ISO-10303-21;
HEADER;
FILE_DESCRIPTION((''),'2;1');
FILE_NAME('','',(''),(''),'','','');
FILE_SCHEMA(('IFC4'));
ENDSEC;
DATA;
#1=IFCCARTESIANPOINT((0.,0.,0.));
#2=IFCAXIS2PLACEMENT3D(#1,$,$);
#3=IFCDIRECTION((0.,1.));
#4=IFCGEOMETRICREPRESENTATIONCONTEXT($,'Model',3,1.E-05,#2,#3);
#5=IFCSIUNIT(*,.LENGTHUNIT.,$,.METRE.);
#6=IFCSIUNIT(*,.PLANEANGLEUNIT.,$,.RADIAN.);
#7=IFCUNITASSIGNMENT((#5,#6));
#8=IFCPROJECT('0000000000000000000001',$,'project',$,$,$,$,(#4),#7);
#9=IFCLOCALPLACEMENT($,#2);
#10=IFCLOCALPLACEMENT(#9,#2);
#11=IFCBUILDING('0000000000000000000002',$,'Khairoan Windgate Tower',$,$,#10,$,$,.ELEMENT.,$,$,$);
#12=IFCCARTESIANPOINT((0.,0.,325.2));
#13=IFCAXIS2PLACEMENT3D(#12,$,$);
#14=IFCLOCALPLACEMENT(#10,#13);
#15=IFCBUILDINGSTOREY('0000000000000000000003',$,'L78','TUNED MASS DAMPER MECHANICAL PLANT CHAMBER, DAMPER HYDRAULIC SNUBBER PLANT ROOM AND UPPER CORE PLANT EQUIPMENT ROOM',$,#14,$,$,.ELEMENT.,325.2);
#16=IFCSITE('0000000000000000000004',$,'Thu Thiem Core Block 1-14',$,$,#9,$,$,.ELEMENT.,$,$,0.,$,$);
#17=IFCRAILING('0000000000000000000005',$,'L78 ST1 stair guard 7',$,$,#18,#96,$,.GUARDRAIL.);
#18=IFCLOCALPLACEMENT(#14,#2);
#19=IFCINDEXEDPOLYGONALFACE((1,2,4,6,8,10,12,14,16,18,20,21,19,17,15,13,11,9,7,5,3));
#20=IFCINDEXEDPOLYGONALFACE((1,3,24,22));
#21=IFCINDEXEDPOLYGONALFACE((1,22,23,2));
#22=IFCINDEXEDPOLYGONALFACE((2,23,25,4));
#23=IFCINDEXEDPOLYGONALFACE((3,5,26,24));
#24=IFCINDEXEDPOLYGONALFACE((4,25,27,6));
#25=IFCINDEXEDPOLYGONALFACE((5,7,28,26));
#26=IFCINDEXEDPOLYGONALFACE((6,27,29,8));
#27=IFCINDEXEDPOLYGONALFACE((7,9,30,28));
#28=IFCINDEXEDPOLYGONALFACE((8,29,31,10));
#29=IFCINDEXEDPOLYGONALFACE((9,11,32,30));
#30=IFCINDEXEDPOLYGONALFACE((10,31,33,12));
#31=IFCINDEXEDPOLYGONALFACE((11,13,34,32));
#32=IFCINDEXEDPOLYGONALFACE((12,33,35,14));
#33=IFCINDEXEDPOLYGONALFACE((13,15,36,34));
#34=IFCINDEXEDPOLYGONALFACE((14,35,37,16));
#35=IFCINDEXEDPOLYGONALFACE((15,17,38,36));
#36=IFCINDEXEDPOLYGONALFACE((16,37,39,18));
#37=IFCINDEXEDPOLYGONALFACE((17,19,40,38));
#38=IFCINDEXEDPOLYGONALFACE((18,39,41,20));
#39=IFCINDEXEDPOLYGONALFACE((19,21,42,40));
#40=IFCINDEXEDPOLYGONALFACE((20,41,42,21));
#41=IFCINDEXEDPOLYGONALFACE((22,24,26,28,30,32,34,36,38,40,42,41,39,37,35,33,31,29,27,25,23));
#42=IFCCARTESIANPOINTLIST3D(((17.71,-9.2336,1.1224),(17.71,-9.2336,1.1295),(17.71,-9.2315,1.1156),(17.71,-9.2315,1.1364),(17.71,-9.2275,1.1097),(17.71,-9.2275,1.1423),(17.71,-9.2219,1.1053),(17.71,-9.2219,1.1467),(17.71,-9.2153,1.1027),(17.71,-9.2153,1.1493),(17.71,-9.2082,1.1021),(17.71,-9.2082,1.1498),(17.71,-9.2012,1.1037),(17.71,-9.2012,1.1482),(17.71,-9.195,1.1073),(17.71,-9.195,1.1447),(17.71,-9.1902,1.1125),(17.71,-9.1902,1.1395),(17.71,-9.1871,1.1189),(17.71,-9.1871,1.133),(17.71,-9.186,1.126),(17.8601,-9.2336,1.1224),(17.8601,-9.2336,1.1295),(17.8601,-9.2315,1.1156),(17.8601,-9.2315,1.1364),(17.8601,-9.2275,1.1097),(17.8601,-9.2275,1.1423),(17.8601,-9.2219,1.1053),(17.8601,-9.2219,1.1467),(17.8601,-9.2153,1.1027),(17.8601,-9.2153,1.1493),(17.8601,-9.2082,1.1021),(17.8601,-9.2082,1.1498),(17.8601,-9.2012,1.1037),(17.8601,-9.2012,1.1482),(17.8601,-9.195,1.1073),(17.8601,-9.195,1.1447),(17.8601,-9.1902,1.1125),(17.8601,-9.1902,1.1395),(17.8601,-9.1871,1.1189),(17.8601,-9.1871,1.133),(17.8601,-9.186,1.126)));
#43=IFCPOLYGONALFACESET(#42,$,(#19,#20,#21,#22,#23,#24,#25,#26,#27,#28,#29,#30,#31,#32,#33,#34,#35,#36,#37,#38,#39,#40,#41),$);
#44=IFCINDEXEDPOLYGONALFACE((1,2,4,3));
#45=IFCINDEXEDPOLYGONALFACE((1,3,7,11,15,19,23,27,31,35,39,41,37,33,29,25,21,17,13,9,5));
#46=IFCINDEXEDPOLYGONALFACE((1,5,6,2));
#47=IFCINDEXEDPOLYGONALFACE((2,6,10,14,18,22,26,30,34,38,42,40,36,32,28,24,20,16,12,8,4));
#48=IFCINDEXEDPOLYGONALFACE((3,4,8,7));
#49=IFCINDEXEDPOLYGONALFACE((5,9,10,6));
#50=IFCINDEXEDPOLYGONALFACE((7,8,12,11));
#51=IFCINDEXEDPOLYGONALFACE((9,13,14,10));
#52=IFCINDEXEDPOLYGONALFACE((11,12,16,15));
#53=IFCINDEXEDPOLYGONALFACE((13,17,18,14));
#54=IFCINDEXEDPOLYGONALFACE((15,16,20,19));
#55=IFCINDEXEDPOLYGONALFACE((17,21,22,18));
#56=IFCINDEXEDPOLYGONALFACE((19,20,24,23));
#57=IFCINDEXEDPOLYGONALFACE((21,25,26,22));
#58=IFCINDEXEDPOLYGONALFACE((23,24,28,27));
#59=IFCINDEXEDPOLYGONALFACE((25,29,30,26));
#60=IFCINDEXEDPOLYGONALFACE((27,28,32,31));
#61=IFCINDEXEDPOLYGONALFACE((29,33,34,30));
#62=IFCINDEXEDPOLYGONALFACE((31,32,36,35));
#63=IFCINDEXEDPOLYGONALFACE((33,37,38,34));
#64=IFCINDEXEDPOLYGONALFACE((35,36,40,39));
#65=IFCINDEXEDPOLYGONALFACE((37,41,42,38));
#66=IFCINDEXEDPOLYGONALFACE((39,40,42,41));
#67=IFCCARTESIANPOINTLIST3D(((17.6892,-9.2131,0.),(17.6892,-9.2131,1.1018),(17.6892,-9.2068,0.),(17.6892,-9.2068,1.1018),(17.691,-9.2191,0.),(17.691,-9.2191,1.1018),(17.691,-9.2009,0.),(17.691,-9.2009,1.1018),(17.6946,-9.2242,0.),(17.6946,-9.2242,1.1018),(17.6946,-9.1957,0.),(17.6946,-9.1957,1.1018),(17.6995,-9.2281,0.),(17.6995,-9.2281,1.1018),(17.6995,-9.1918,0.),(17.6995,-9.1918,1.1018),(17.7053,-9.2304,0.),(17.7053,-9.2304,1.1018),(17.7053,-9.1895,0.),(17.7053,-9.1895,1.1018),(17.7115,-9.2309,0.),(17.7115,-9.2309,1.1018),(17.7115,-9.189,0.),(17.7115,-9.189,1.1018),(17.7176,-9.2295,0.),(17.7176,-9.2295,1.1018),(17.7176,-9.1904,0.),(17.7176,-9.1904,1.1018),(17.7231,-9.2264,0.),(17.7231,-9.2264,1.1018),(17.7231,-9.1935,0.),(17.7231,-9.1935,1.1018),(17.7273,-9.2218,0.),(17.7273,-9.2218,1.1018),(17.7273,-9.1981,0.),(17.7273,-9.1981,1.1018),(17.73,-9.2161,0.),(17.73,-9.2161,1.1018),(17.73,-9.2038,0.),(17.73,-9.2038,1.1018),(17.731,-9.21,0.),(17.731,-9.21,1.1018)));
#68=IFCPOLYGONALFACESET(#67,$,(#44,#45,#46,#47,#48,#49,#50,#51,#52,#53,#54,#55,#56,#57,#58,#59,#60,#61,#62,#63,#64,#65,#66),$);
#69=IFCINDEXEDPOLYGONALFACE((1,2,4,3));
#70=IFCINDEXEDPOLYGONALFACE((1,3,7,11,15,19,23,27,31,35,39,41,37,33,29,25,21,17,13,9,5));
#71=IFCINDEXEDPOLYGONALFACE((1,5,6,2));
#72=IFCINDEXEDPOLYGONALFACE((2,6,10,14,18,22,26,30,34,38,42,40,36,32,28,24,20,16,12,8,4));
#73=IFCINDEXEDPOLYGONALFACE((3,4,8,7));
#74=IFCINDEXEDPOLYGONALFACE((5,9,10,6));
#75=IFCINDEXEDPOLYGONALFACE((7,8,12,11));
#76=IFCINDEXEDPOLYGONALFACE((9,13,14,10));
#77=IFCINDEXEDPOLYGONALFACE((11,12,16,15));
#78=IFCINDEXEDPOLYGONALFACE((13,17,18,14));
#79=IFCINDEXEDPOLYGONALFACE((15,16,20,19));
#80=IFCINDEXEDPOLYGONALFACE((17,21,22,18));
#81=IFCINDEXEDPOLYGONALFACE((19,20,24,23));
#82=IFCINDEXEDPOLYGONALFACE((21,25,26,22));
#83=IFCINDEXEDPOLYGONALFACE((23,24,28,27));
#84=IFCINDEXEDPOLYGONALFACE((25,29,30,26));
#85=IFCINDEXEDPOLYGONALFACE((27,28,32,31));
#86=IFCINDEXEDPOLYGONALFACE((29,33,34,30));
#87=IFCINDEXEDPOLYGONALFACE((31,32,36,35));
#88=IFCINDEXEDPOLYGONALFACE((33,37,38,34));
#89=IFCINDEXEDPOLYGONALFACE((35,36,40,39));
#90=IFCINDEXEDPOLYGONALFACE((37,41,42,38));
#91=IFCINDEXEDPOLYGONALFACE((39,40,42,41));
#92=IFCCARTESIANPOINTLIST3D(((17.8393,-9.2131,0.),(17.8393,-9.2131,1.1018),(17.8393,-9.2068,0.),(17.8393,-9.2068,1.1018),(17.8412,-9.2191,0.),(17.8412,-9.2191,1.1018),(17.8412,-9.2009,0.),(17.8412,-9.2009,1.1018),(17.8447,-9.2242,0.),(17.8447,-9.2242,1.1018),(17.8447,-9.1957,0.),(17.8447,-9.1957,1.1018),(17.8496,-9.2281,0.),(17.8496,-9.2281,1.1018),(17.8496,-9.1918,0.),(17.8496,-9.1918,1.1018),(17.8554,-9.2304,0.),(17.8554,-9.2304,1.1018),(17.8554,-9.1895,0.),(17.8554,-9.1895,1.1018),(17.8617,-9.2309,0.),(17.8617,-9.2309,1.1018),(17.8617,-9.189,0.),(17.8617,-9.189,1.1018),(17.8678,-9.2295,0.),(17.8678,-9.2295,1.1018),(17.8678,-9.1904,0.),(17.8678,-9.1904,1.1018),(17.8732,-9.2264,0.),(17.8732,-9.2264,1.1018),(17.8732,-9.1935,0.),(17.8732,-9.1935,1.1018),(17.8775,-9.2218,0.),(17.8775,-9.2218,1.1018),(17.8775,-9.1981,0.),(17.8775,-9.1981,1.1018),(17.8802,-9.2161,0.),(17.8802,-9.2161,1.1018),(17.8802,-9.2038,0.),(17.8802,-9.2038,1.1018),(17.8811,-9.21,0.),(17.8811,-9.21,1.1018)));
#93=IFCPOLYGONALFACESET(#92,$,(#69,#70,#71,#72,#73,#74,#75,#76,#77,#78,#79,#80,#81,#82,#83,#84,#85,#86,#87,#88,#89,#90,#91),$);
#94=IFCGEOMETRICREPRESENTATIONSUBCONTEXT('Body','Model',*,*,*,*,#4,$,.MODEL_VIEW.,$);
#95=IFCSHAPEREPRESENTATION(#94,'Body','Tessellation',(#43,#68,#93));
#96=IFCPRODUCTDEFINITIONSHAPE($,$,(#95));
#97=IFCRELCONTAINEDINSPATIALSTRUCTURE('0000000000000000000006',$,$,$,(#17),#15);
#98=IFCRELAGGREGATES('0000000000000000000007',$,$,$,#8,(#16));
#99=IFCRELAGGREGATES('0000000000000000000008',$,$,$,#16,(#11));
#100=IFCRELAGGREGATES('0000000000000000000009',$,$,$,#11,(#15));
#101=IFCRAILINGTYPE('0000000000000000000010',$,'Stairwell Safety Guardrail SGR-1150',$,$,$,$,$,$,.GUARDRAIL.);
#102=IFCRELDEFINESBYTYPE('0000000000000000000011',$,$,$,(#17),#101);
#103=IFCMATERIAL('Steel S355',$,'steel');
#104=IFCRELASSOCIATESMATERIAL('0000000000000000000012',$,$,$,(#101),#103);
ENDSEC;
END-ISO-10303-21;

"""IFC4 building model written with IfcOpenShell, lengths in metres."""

from ifc_helpers import new_model, si_unit, direction, frame, origin, origin_2d, place, context, subcontext, project, spatial, circle, extrude, material, type_object, element, save


model = new_model("IFC4")

# Units and contexts
model_context = context("Model", 3, precision=1e-05, world=origin(), true_north=direction((0.0, 1.0)))
body_context = subcontext(model_context, "Body", "Model", "MODEL_VIEW")
ifc_project = project(units=[si_unit("LENGTHUNIT", "METRE"), si_unit("PLANEANGLEUNIT", "RADIAN")], contexts=[model_context])

# Site, building, storey
site_placement = place(None, origin())
site = spatial("IfcSite", under=ifc_project, at=site_placement, Name="Thu Thiem Core Block 1-14", CompositionType="ELEMENT", RefElevation=0.0)
building_placement = place(site_placement, origin())
building = spatial("IfcBuilding", under=site, at=building_placement, Name="Khairoan Windgate Tower", CompositionType="ELEMENT")
storey_placement = place(building_placement, frame((0.0, 0.0, 325.2)))
storey = spatial("IfcBuildingStorey", under=building, at=storey_placement, Name="L78", Description="TUNED MASS DAMPER MECHANICAL PLANT CHAMBER, DAMPER HYDRAULIC SNUBBER PLANT ROOM AND UPPER CORE PLANT EQUIPMENT ROOM", CompositionType="ELEMENT", Elevation=325.2)

# Railing
ifc_material_1 = material(Name="Steel S355", Category="steel")
railing_type_1 = type_object("IfcRailingType", Name="Stairwell Safety Guardrail SGR-1150", PredefinedType="GUARDRAIL", material=ifc_material_1)
railing_1_placement = place(storey_placement, frame((17.71, -9.21, 0.0)))
element("IfcRailing", 1, at=railing_1_placement, inside=storey, type_object=railing_type_1, Name="L78 ST1 stair guard 7", PredefinedType="GUARDRAIL", context=body_context, shape_type="SweptSolid", body=[
    extrude(circle(Radius=0.0239, at=origin_2d()), frame((0.0, 0.0, 1.126), z_axis=(1.0, 0.0, 0.0), x_axis=(0.0, 1.0, 0.0)), (0.0, 0.0, 1.0), 0.1501),
    extrude(circle(Radius=0.021, at=origin_2d()), origin(), (0.0, 0.0, 1.0), 1.1018),
    extrude(circle(Radius=0.021, at=origin_2d()), frame((0.1501, 0.0, 0.0)), (0.0, 0.0, 1.0), 1.1018),
])

save(model, "model.ifc")
